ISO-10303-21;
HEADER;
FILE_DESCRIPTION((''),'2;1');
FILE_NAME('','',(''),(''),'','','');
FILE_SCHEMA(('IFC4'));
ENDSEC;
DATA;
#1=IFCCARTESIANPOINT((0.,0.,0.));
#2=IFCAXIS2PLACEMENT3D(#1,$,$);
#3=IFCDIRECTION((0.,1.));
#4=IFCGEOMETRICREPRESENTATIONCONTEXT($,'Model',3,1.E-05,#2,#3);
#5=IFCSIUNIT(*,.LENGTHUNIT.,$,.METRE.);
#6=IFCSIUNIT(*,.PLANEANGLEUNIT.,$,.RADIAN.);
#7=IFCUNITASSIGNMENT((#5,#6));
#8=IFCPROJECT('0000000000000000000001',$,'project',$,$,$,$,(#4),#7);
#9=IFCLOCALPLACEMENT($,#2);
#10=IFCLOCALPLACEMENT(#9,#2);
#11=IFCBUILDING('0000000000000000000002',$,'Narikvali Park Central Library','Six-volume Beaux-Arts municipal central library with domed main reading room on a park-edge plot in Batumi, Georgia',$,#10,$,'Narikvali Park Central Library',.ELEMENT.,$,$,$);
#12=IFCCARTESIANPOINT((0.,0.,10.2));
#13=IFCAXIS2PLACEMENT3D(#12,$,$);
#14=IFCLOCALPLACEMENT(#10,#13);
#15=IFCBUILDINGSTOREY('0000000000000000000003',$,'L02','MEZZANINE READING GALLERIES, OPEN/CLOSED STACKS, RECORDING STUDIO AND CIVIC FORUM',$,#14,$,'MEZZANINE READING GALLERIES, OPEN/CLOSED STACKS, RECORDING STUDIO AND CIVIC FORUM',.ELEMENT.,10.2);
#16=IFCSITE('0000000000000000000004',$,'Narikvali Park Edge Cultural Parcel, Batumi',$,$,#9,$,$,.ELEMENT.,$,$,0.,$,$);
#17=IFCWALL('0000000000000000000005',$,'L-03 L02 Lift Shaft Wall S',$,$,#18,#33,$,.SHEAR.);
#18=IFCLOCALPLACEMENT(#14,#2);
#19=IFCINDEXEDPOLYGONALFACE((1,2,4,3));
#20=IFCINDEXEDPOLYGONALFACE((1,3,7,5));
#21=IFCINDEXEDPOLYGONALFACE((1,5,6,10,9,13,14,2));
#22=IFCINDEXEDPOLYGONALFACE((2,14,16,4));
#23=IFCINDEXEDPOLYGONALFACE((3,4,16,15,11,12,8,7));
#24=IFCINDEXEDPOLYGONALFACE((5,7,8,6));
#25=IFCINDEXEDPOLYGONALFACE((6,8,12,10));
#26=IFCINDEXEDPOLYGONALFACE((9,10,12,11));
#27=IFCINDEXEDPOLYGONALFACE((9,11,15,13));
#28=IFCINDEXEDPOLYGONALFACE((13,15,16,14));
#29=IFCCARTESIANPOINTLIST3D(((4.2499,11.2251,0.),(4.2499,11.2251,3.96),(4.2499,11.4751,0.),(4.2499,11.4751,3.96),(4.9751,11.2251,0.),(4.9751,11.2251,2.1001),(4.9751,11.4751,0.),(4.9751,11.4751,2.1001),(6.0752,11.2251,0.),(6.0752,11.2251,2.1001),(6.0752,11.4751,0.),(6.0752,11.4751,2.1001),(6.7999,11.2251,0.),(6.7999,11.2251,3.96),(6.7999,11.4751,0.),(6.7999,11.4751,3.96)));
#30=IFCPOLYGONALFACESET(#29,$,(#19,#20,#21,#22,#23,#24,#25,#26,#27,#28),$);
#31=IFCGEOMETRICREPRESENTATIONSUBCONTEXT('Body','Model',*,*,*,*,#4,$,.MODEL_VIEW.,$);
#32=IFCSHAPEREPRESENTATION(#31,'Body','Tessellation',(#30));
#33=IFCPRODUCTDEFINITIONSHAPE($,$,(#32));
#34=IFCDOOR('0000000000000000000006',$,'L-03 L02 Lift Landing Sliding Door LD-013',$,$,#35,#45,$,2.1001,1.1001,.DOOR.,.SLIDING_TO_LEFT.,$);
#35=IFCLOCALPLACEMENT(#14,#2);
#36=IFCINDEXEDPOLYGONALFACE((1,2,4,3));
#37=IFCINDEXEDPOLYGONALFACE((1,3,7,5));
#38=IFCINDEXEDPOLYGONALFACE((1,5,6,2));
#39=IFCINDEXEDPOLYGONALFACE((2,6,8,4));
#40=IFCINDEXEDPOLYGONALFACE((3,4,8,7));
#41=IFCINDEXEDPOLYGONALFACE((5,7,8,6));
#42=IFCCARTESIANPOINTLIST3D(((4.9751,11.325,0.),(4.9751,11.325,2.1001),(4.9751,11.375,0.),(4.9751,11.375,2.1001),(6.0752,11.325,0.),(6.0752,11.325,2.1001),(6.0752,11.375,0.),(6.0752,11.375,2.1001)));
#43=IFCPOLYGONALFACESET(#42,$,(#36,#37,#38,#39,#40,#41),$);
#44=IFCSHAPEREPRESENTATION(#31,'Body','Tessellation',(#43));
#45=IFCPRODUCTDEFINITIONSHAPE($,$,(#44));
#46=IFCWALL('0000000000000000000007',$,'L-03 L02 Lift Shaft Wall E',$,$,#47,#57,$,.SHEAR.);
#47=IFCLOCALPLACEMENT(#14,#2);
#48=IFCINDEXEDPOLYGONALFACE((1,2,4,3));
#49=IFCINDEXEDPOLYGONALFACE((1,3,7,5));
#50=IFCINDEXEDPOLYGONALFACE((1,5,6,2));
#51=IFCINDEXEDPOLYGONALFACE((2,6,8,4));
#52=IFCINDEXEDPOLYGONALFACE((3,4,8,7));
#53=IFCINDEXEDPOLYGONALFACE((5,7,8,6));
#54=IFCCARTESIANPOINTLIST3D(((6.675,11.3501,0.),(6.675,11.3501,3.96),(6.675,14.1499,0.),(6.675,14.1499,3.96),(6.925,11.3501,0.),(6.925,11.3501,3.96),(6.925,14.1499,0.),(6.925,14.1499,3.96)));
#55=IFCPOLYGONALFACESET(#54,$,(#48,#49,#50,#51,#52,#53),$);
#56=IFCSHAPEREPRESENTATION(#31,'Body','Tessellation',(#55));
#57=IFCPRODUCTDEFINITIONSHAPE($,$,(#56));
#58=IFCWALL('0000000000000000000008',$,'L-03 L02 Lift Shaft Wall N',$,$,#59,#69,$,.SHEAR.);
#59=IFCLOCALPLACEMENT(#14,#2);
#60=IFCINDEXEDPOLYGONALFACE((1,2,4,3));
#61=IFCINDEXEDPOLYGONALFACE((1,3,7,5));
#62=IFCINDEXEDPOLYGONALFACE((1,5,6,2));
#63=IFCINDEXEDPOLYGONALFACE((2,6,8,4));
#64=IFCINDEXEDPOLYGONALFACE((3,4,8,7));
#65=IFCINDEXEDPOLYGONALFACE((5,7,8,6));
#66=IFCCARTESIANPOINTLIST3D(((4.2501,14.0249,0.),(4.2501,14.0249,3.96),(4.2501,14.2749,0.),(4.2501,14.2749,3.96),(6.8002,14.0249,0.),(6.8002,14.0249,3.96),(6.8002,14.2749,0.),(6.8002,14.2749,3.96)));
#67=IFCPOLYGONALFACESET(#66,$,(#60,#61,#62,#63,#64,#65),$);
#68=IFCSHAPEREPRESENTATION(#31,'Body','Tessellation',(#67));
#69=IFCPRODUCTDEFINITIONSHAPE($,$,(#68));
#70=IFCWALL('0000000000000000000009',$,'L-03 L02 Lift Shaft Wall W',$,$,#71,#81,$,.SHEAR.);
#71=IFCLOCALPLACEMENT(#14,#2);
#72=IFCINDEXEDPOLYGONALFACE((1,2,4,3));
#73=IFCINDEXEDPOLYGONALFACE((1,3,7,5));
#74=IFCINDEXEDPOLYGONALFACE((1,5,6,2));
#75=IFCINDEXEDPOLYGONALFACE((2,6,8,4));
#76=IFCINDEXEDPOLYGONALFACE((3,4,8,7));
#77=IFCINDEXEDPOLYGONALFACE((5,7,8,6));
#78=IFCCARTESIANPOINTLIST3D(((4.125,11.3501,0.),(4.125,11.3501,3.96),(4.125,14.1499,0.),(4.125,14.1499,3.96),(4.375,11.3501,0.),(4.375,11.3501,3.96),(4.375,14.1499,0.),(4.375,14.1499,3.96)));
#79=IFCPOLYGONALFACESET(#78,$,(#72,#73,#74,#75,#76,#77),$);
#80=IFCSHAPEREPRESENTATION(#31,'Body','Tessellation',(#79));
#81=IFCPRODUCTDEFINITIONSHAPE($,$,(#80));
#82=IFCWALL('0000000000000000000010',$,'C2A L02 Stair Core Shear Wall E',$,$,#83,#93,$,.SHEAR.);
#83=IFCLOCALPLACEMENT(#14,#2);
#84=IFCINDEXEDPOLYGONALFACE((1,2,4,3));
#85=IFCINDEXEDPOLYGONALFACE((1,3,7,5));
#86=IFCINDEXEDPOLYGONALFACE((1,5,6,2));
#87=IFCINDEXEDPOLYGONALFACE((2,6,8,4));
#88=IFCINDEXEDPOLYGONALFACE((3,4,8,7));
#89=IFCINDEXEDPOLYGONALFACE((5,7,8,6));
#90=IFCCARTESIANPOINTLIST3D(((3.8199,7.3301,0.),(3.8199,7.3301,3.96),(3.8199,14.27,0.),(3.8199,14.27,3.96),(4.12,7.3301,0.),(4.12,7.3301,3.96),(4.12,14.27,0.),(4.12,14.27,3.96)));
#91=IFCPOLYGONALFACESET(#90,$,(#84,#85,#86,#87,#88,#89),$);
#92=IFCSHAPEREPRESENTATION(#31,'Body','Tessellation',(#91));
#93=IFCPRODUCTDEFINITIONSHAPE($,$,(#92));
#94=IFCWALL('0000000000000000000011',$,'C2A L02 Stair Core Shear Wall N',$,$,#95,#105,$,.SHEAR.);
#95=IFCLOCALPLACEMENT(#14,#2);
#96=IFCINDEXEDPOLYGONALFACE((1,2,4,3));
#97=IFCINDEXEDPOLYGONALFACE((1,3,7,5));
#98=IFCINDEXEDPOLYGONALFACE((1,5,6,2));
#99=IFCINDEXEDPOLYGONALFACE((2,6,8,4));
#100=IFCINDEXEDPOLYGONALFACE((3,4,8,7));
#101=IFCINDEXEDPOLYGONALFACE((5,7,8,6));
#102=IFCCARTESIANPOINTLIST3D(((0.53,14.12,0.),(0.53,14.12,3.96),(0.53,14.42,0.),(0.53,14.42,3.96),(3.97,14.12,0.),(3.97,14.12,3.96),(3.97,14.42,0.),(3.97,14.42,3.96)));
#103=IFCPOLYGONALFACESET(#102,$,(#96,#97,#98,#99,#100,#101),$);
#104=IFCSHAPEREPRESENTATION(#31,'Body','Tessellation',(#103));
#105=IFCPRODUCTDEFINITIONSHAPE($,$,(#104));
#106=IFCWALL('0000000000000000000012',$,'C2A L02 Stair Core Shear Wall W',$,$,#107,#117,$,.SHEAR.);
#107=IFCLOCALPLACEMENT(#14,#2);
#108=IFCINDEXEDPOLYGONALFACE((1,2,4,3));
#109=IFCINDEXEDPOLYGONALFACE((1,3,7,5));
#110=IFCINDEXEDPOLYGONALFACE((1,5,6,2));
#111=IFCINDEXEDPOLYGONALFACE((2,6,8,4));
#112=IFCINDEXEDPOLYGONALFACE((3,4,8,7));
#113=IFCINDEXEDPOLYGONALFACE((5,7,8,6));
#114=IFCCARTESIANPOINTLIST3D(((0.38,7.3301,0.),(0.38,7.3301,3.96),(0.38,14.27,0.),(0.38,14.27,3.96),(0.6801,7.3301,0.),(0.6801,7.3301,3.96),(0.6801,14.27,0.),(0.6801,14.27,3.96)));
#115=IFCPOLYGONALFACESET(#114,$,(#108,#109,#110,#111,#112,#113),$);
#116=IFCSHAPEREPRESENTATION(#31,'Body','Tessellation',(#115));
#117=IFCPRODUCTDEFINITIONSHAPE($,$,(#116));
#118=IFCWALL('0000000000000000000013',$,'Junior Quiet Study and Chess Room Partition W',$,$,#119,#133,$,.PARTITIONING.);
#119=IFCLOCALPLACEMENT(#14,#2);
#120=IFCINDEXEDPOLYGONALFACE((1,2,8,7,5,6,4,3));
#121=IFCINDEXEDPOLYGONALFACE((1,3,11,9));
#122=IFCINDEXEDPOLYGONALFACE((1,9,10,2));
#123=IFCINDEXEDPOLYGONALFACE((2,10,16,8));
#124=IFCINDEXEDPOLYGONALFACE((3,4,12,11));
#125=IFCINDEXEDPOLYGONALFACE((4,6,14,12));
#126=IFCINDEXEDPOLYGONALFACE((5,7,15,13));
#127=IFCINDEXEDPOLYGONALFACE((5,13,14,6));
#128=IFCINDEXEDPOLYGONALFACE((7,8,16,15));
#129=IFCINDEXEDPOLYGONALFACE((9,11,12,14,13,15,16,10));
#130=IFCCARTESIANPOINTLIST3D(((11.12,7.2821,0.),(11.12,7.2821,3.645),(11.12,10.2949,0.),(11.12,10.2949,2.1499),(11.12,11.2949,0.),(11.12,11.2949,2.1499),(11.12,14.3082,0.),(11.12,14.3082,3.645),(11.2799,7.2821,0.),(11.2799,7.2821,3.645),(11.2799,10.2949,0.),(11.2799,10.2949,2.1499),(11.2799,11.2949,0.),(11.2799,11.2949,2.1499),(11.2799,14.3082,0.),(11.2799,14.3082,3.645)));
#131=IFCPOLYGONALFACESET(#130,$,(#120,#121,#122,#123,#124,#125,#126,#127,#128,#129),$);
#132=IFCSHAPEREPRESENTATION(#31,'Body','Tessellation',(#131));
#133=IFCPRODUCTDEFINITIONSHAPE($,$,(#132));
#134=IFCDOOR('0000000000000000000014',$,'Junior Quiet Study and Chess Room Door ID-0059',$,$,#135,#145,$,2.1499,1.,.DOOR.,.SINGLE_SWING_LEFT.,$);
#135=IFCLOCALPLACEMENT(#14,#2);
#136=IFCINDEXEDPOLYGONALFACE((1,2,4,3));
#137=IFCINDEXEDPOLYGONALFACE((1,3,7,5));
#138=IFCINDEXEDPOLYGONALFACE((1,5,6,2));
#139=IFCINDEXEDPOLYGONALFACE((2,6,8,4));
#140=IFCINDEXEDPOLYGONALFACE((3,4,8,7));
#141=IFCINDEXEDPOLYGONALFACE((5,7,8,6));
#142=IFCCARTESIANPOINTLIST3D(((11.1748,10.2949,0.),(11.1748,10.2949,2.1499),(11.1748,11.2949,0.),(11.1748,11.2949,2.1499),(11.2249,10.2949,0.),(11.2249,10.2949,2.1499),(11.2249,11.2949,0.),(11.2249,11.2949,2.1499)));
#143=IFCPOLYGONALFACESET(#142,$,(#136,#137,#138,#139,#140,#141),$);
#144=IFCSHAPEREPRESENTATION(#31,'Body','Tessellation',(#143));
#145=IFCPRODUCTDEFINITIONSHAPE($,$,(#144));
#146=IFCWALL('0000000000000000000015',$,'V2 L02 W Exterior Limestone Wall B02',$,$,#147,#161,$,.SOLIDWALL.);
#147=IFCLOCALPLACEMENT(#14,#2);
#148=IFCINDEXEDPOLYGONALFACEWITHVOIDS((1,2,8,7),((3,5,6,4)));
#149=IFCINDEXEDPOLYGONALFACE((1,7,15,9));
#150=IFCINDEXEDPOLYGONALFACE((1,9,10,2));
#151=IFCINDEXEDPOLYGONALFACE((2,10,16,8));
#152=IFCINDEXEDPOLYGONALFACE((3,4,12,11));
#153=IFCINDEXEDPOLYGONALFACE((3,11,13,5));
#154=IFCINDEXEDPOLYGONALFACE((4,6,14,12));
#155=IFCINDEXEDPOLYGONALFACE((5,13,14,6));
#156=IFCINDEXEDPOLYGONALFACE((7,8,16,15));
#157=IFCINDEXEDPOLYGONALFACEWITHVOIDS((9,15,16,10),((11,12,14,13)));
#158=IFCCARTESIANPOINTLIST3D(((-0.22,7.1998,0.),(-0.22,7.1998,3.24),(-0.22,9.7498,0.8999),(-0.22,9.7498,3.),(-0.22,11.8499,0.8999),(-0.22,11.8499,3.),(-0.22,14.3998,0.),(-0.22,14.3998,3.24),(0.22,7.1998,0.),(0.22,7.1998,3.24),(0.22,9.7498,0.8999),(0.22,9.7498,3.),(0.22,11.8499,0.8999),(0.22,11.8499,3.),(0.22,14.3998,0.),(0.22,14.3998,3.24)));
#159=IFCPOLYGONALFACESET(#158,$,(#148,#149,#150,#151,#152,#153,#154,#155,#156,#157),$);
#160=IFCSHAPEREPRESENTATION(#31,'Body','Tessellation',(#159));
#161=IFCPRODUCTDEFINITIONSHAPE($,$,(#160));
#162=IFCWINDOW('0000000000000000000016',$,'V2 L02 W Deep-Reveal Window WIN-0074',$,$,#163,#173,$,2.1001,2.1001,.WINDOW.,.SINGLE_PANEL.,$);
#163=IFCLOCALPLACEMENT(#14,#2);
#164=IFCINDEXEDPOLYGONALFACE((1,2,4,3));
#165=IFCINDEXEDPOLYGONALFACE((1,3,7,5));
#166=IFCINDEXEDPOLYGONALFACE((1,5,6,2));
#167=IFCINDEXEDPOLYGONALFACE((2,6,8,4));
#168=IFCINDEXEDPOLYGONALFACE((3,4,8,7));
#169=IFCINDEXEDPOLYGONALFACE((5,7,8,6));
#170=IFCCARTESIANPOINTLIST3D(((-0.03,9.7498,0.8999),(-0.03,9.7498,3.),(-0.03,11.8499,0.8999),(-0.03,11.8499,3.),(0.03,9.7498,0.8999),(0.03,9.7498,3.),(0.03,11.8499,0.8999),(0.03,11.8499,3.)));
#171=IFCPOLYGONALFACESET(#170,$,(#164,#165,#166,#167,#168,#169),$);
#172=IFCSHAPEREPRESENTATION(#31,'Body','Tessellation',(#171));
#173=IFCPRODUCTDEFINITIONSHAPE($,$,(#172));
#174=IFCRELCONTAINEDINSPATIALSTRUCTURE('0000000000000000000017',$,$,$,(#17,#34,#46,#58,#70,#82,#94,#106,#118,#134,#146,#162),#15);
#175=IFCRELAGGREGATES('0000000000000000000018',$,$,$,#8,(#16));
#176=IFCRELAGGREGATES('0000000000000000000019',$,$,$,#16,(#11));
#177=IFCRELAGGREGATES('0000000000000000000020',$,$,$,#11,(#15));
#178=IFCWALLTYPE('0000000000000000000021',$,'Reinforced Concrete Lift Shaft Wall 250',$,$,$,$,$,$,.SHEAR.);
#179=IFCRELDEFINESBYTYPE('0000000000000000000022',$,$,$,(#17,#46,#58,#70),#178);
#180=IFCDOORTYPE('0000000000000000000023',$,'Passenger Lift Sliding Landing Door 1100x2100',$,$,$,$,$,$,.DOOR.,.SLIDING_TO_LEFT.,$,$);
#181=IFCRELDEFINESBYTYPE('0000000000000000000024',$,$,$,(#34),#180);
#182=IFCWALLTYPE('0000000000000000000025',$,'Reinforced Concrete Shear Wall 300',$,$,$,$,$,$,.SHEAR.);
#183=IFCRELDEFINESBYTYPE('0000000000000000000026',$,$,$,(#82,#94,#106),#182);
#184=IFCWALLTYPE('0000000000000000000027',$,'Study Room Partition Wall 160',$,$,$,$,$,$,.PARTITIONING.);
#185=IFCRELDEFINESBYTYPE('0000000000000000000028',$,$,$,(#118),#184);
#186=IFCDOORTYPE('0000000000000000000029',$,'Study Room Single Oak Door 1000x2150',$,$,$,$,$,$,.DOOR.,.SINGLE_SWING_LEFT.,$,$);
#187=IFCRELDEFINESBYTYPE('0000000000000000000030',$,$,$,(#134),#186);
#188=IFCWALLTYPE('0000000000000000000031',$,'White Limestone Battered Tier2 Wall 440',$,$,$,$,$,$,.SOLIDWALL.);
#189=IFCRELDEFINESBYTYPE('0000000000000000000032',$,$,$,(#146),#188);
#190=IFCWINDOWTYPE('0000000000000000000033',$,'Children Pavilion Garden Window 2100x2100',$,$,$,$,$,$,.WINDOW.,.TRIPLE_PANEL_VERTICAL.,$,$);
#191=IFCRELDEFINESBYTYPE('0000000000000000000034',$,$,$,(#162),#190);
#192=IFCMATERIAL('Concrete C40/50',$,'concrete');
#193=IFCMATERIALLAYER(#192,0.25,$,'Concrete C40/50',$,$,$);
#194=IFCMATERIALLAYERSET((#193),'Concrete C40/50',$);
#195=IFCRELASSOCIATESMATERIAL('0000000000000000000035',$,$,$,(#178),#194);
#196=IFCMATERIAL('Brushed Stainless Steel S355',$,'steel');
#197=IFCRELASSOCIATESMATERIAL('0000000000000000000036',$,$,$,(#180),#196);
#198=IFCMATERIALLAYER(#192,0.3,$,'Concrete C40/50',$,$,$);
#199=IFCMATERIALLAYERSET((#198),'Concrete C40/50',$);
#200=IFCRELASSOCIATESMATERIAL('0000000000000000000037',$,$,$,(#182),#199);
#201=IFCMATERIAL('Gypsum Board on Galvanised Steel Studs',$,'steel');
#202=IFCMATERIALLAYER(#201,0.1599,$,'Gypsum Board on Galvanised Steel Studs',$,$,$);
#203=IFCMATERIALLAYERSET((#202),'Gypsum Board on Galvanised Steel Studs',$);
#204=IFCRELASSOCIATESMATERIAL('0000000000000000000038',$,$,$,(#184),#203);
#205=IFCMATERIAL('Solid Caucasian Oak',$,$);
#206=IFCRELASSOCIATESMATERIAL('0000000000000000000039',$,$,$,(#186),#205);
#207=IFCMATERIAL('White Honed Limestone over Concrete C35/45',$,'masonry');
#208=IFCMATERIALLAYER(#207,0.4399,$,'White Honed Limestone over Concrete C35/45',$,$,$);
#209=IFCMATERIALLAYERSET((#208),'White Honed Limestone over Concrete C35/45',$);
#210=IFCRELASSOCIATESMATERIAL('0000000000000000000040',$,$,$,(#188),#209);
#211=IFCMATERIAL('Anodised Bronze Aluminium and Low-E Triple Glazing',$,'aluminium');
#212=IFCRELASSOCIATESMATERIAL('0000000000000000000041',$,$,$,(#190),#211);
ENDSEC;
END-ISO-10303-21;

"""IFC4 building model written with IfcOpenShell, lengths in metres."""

from ifc_helpers import new_model, si_unit, direction, frame, frame_2d, origin, place, context, subcontext, project, spatial, rectangle, extrude, material, layer, layer_set, type_object, element, fill, save


model = new_model("IFC4")

# Units and contexts
model_context = context("Model", 3, precision=1e-05, world=origin(), true_north=direction((0.0, 1.0)))
body_context = subcontext(model_context, "Body", "Model", "MODEL_VIEW")
ifc_project = project(units=[si_unit("LENGTHUNIT", "METRE"), si_unit("PLANEANGLEUNIT", "RADIAN")], contexts=[model_context])

# Site, building, storey
site_placement = place(None, origin())
site = spatial("IfcSite", under=ifc_project, at=site_placement, Name="Narikvali Park Edge Cultural Parcel, Batumi", CompositionType="ELEMENT", RefElevation=0.0)
building_placement = place(site_placement, origin())
building = spatial("IfcBuilding", under=site, at=building_placement, Name="Narikvali Park Central Library", Description="Six-volume Beaux-Arts municipal central library with domed main reading room on a park-edge plot in Batumi, Georgia", LongName="Narikvali Park Central Library", CompositionType="ELEMENT")
storey_placement = place(building_placement, frame((0.0, 0.0, 10.2)))
storey = spatial("IfcBuildingStorey", under=building, at=storey_placement, Name="L02", Description="MEZZANINE READING GALLERIES, OPEN/CLOSED STACKS, RECORDING STUDIO AND CIVIC FORUM", LongName="MEZZANINE READING GALLERIES, OPEN/CLOSED STACKS, RECORDING STUDIO AND CIVIC FORUM", CompositionType="ELEMENT", Elevation=10.2)

# Wall, opening, door
ifc_material_1 = material(Name="Concrete C40/50", Category="concrete")
ifc_layer_1 = layer(ifc_material_1, 0.25, Name="Concrete C40/50")
ifc_layer_set_1 = layer_set([ifc_layer_1], Name="Concrete C40/50")
wall_type_1 = type_object("IfcWallType", Name="Reinforced Concrete Lift Shaft Wall 250", PredefinedType="SHEAR", material=ifc_layer_set_1)
wall_1_placement = place(storey_placement, frame((4.25, 11.3501, 0.0), z_axis=(0.0, 0.0, 1.0), x_axis=(1.0, 0.0, 0.0)))
wall_1 = element("IfcWall", 1, at=wall_1_placement, inside=storey, type_object=wall_type_1, Name="L-03 L02 Lift Shaft Wall S", PredefinedType="SHEAR", context=body_context, shape_type="SweptSolid", body=[
    extrude(rectangle(XDim=2.55, YDim=0.25, at=frame_2d((1.2749, 0.0))), origin(), (0.0, 0.0, 1.0), 3.96),
])
opening_1_placement = place(wall_1_placement, frame((0.7251, 0.0, 0.0)))
opening_1 = element("IfcOpeningElement", 2, at=opening_1_placement, cuts=wall_1, PredefinedType="OPENING", context=body_context, shape_type="SweptSolid", body=[
    extrude(rectangle(XDim=1.1001, YDim=2.1001, at=frame_2d((0.55, 1.05))), frame((0.0, 0.137, 0.0), z_axis=(0.0, -1.0, 0.0), x_axis=(1.0, 0.0, 0.0)), (0.0, 0.0, 1.0), 0.2739),
])
ifc_material_2 = material(Name="Brushed Stainless Steel S355", Category="steel")
door_type_1 = type_object("IfcDoorType", Name="Passenger Lift Sliding Landing Door 1100x2100", OperationType="SLIDING_TO_LEFT", PredefinedType="DOOR", material=ifc_material_2)
door_1_placement = place(opening_1_placement, origin())
door_1 = element("IfcDoor", 3, at=door_1_placement, inside=storey, type_object=door_type_1, Name="L-03 L02 Lift Landing Sliding Door LD-013", OperationType="SLIDING_TO_LEFT", OverallHeight=2.1001, OverallWidth=1.1001, PredefinedType="DOOR", context=body_context, shape_type="SweptSolid", body=[
    extrude(rectangle(XDim=1.1001, YDim=2.1001, at=frame_2d((0.55, 1.05))), frame((0.0, 0.0249, 0.0), z_axis=(0.0, -1.0, 0.0), x_axis=(1.0, 0.0, 0.0)), (0.0, 0.0, 1.0), 0.05),
])
fill(opening_1, door_1)

# Walls
wall_2_placement = place(storey_placement, frame((6.8, 11.3501, 0.0), z_axis=(0.0, 0.0, 1.0), x_axis=(0.0, 1.0, 0.0)))
element("IfcWall", 4, at=wall_2_placement, inside=storey, type_object=wall_type_1, Name="L-03 L02 Lift Shaft Wall E", PredefinedType="SHEAR", context=body_context, shape_type="SweptSolid", body=[
    extrude(rectangle(XDim=2.7998, YDim=0.25, at=frame_2d((1.3999, 0.0))), origin(), (0.0, 0.0, 1.0), 3.96),
])
wall_3_placement = place(storey_placement, frame((6.8, 14.1499, 0.0), z_axis=(0.0, 0.0, 1.0), x_axis=(-1.0, 0.0, 0.0)))
element("IfcWall", 5, at=wall_3_placement, inside=storey, type_object=wall_type_1, Name="L-03 L02 Lift Shaft Wall N", PredefinedType="SHEAR", context=body_context, shape_type="SweptSolid", body=[
    extrude(rectangle(XDim=2.55, YDim=0.25, at=frame_2d((1.2749, 0.0))), origin(), (0.0, 0.0, 1.0), 3.96),
])
wall_4_placement = place(storey_placement, frame((4.25, 14.1499, 0.0), z_axis=(0.0, 0.0, 1.0), x_axis=(0.0, -1.0, 0.0)))
element("IfcWall", 6, at=wall_4_placement, inside=storey, type_object=wall_type_1, Name="L-03 L02 Lift Shaft Wall W", PredefinedType="SHEAR", context=body_context, shape_type="SweptSolid", body=[
    extrude(rectangle(XDim=2.7998, YDim=0.25, at=frame_2d((1.3999, 0.0))), origin(), (0.0, 0.0, 1.0), 3.96),
])

# Shared definitions
ifc_layer_2 = layer(ifc_material_1, 0.3, Name="Concrete C40/50")
ifc_layer_set_2 = layer_set([ifc_layer_2], Name="Concrete C40/50")
wall_type_2 = type_object("IfcWallType", Name="Reinforced Concrete Shear Wall 300", PredefinedType="SHEAR", material=ifc_layer_set_2)

# Walls
wall_5_placement = place(storey_placement, frame((3.97, 7.3301, 0.0), z_axis=(0.0, 0.0, 1.0), x_axis=(0.0, 1.0, 0.0)))
element("IfcWall", 7, at=wall_5_placement, inside=storey, type_object=wall_type_2, Name="C2A L02 Stair Core Shear Wall E", PredefinedType="SHEAR", context=body_context, shape_type="SweptSolid", body=[
    extrude(rectangle(XDim=6.9399, YDim=0.3, at=frame_2d((3.47, 0.0))), origin(), (0.0, 0.0, 1.0), 3.96),
])
wall_6_placement = place(storey_placement, frame((3.97, 14.27, 0.0), z_axis=(0.0, 0.0, 1.0), x_axis=(-1.0, 0.0, 0.0)))
element("IfcWall", 8, at=wall_6_placement, inside=storey, type_object=wall_type_2, Name="C2A L02 Stair Core Shear Wall N", PredefinedType="SHEAR", context=body_context, shape_type="SweptSolid", body=[
    extrude(rectangle(XDim=3.4399, YDim=0.3, at=frame_2d((1.72, 0.0))), origin(), (0.0, 0.0, 1.0), 3.96),
])
wall_7_placement = place(storey_placement, frame((0.53, 14.27, 0.0), z_axis=(0.0, 0.0, 1.0), x_axis=(0.0, -1.0, 0.0)))
element("IfcWall", 9, at=wall_7_placement, inside=storey, type_object=wall_type_2, Name="C2A L02 Stair Core Shear Wall W", PredefinedType="SHEAR", context=body_context, shape_type="SweptSolid", body=[
    extrude(rectangle(XDim=6.9399, YDim=0.3, at=frame_2d((3.47, 0.0))), origin(), (0.0, 0.0, 1.0), 3.96),
])

# Wall, opening, door
ifc_material_3 = material(Name="Gypsum Board on Galvanised Steel Studs", Category="steel")
ifc_layer_3 = layer(ifc_material_3, 0.1599, Name="Gypsum Board on Galvanised Steel Studs")
ifc_layer_set_3 = layer_set([ifc_layer_3], Name="Gypsum Board on Galvanised Steel Studs")
wall_type_3 = type_object("IfcWallType", Name="Study Room Partition Wall 160", PredefinedType="PARTITIONING", material=ifc_layer_set_3)
wall_8_placement = place(storey_placement, frame((11.2, 7.282, 0.0), z_axis=(0.0, 0.0, 1.0), x_axis=(0.0, 1.0, 0.0)))
wall_8 = element("IfcWall", 10, at=wall_8_placement, inside=storey, type_object=wall_type_3, Name="Junior Quiet Study and Chess Room Partition W", PredefinedType="PARTITIONING", context=body_context, shape_type="SweptSolid", body=[
    extrude(rectangle(XDim=7.0261, YDim=0.1599, at=frame_2d((3.5132, 0.0))), origin(), (0.0, 0.0, 1.0), 3.645),
])
opening_2_placement = place(wall_8_placement, frame((3.0129, 0.0, 0.0)))
opening_2 = element("IfcOpeningElement", 11, at=opening_2_placement, cuts=wall_8, PredefinedType="OPENING", context=body_context, shape_type="SweptSolid", body=[
    extrude(rectangle(XDim=1.0, YDim=2.1499, at=frame_2d((0.5, 1.075))), frame((0.0, 0.0918, 0.0), z_axis=(0.0, -1.0, 0.0), x_axis=(1.0, 0.0, 0.0)), (0.0, 0.0, 1.0), 0.1838),
])
ifc_material_4 = material(Name="Solid Caucasian Oak")
door_type_2 = type_object("IfcDoorType", Name="Study Room Single Oak Door 1000x2150", OperationType="SINGLE_SWING_LEFT", PredefinedType="DOOR", material=ifc_material_4)
door_2_placement = place(opening_2_placement, frame((1.0, 0.0, 0.0), z_axis=(0.0, 0.0, 1.0), x_axis=(-1.0, 0.0, 0.0)))
door_2 = element("IfcDoor", 12, at=door_2_placement, inside=storey, type_object=door_type_2, Name="Junior Quiet Study and Chess Room Door ID-0059", OperationType="SINGLE_SWING_LEFT", OverallHeight=2.1499, OverallWidth=1.0, PredefinedType="DOOR", context=body_context, shape_type="SweptSolid", body=[
    extrude(rectangle(XDim=1.0, YDim=2.1499, at=frame_2d((0.5, 1.075))), frame((0.0, 0.0249, 0.0), z_axis=(0.0, -1.0, 0.0), x_axis=(1.0, 0.0, 0.0)), (0.0, 0.0, 1.0), 0.05),
])
fill(opening_2, door_2)

# Wall, opening, window
ifc_material_5 = material(Name="White Honed Limestone over Concrete C35/45", Category="masonry")
ifc_layer_4 = layer(ifc_material_5, 0.4399, Name="White Honed Limestone over Concrete C35/45")
ifc_layer_set_4 = layer_set([ifc_layer_4], Name="White Honed Limestone over Concrete C35/45")
wall_type_4 = type_object("IfcWallType", Name="White Limestone Battered Tier2 Wall 440", PredefinedType="SOLIDWALL", material=ifc_layer_set_4)
wall_9_placement = place(storey_placement, frame((0.0, 14.3999, 0.0), z_axis=(0.0, 0.0, 1.0), x_axis=(0.0, -1.0, 0.0)))
wall_9 = element("IfcWall", 13, at=wall_9_placement, inside=storey, type_object=wall_type_4, Name="V2 L02 W Exterior Limestone Wall B02", PredefinedType="SOLIDWALL", context=body_context, shape_type="SweptSolid", body=[
    extrude(rectangle(XDim=7.2, YDim=0.4399, at=frame_2d((3.6001, 0.0))), origin(), (0.0, 0.0, 1.0), 3.24),
])
opening_3_placement = place(wall_9_placement, frame((2.55, 0.0, 0.8999)))
opening_3 = element("IfcOpeningElement", 14, at=opening_3_placement, cuts=wall_9, PredefinedType="OPENING", context=body_context, shape_type="SweptSolid", body=[
    extrude(rectangle(XDim=2.1001, YDim=2.1001, at=frame_2d((1.05, 1.05))), frame((0.0, 0.2319, 0.0), z_axis=(0.0, -1.0, 0.0), x_axis=(1.0, 0.0, 0.0)), (0.0, 0.0, 1.0), 0.4639),
])
ifc_material_6 = material(Name="Anodised Bronze Aluminium and Low-E Triple Glazing", Category="aluminium")
window_type = type_object("IfcWindowType", Name="Children Pavilion Garden Window 2100x2100", PartitioningType="TRIPLE_PANEL_VERTICAL", PredefinedType="WINDOW", material=ifc_material_6)
window_placement = place(opening_3_placement, origin())
window = element("IfcWindow", 15, at=window_placement, inside=storey, type_object=window_type, Name="V2 L02 W Deep-Reveal Window WIN-0074", OverallHeight=2.1001, OverallWidth=2.1001, PartitioningType="SINGLE_PANEL", PredefinedType="WINDOW", context=body_context, shape_type="SweptSolid", body=[
    extrude(rectangle(XDim=2.1001, YDim=2.1001, at=frame_2d((1.05, 1.05))), frame((0.0, 0.03, 0.0), z_axis=(0.0, -1.0, 0.0), x_axis=(1.0, 0.0, 0.0)), (0.0, 0.0, 1.0), 0.0601),
])
fill(opening_3, window)

save(model, "model.ifc")
